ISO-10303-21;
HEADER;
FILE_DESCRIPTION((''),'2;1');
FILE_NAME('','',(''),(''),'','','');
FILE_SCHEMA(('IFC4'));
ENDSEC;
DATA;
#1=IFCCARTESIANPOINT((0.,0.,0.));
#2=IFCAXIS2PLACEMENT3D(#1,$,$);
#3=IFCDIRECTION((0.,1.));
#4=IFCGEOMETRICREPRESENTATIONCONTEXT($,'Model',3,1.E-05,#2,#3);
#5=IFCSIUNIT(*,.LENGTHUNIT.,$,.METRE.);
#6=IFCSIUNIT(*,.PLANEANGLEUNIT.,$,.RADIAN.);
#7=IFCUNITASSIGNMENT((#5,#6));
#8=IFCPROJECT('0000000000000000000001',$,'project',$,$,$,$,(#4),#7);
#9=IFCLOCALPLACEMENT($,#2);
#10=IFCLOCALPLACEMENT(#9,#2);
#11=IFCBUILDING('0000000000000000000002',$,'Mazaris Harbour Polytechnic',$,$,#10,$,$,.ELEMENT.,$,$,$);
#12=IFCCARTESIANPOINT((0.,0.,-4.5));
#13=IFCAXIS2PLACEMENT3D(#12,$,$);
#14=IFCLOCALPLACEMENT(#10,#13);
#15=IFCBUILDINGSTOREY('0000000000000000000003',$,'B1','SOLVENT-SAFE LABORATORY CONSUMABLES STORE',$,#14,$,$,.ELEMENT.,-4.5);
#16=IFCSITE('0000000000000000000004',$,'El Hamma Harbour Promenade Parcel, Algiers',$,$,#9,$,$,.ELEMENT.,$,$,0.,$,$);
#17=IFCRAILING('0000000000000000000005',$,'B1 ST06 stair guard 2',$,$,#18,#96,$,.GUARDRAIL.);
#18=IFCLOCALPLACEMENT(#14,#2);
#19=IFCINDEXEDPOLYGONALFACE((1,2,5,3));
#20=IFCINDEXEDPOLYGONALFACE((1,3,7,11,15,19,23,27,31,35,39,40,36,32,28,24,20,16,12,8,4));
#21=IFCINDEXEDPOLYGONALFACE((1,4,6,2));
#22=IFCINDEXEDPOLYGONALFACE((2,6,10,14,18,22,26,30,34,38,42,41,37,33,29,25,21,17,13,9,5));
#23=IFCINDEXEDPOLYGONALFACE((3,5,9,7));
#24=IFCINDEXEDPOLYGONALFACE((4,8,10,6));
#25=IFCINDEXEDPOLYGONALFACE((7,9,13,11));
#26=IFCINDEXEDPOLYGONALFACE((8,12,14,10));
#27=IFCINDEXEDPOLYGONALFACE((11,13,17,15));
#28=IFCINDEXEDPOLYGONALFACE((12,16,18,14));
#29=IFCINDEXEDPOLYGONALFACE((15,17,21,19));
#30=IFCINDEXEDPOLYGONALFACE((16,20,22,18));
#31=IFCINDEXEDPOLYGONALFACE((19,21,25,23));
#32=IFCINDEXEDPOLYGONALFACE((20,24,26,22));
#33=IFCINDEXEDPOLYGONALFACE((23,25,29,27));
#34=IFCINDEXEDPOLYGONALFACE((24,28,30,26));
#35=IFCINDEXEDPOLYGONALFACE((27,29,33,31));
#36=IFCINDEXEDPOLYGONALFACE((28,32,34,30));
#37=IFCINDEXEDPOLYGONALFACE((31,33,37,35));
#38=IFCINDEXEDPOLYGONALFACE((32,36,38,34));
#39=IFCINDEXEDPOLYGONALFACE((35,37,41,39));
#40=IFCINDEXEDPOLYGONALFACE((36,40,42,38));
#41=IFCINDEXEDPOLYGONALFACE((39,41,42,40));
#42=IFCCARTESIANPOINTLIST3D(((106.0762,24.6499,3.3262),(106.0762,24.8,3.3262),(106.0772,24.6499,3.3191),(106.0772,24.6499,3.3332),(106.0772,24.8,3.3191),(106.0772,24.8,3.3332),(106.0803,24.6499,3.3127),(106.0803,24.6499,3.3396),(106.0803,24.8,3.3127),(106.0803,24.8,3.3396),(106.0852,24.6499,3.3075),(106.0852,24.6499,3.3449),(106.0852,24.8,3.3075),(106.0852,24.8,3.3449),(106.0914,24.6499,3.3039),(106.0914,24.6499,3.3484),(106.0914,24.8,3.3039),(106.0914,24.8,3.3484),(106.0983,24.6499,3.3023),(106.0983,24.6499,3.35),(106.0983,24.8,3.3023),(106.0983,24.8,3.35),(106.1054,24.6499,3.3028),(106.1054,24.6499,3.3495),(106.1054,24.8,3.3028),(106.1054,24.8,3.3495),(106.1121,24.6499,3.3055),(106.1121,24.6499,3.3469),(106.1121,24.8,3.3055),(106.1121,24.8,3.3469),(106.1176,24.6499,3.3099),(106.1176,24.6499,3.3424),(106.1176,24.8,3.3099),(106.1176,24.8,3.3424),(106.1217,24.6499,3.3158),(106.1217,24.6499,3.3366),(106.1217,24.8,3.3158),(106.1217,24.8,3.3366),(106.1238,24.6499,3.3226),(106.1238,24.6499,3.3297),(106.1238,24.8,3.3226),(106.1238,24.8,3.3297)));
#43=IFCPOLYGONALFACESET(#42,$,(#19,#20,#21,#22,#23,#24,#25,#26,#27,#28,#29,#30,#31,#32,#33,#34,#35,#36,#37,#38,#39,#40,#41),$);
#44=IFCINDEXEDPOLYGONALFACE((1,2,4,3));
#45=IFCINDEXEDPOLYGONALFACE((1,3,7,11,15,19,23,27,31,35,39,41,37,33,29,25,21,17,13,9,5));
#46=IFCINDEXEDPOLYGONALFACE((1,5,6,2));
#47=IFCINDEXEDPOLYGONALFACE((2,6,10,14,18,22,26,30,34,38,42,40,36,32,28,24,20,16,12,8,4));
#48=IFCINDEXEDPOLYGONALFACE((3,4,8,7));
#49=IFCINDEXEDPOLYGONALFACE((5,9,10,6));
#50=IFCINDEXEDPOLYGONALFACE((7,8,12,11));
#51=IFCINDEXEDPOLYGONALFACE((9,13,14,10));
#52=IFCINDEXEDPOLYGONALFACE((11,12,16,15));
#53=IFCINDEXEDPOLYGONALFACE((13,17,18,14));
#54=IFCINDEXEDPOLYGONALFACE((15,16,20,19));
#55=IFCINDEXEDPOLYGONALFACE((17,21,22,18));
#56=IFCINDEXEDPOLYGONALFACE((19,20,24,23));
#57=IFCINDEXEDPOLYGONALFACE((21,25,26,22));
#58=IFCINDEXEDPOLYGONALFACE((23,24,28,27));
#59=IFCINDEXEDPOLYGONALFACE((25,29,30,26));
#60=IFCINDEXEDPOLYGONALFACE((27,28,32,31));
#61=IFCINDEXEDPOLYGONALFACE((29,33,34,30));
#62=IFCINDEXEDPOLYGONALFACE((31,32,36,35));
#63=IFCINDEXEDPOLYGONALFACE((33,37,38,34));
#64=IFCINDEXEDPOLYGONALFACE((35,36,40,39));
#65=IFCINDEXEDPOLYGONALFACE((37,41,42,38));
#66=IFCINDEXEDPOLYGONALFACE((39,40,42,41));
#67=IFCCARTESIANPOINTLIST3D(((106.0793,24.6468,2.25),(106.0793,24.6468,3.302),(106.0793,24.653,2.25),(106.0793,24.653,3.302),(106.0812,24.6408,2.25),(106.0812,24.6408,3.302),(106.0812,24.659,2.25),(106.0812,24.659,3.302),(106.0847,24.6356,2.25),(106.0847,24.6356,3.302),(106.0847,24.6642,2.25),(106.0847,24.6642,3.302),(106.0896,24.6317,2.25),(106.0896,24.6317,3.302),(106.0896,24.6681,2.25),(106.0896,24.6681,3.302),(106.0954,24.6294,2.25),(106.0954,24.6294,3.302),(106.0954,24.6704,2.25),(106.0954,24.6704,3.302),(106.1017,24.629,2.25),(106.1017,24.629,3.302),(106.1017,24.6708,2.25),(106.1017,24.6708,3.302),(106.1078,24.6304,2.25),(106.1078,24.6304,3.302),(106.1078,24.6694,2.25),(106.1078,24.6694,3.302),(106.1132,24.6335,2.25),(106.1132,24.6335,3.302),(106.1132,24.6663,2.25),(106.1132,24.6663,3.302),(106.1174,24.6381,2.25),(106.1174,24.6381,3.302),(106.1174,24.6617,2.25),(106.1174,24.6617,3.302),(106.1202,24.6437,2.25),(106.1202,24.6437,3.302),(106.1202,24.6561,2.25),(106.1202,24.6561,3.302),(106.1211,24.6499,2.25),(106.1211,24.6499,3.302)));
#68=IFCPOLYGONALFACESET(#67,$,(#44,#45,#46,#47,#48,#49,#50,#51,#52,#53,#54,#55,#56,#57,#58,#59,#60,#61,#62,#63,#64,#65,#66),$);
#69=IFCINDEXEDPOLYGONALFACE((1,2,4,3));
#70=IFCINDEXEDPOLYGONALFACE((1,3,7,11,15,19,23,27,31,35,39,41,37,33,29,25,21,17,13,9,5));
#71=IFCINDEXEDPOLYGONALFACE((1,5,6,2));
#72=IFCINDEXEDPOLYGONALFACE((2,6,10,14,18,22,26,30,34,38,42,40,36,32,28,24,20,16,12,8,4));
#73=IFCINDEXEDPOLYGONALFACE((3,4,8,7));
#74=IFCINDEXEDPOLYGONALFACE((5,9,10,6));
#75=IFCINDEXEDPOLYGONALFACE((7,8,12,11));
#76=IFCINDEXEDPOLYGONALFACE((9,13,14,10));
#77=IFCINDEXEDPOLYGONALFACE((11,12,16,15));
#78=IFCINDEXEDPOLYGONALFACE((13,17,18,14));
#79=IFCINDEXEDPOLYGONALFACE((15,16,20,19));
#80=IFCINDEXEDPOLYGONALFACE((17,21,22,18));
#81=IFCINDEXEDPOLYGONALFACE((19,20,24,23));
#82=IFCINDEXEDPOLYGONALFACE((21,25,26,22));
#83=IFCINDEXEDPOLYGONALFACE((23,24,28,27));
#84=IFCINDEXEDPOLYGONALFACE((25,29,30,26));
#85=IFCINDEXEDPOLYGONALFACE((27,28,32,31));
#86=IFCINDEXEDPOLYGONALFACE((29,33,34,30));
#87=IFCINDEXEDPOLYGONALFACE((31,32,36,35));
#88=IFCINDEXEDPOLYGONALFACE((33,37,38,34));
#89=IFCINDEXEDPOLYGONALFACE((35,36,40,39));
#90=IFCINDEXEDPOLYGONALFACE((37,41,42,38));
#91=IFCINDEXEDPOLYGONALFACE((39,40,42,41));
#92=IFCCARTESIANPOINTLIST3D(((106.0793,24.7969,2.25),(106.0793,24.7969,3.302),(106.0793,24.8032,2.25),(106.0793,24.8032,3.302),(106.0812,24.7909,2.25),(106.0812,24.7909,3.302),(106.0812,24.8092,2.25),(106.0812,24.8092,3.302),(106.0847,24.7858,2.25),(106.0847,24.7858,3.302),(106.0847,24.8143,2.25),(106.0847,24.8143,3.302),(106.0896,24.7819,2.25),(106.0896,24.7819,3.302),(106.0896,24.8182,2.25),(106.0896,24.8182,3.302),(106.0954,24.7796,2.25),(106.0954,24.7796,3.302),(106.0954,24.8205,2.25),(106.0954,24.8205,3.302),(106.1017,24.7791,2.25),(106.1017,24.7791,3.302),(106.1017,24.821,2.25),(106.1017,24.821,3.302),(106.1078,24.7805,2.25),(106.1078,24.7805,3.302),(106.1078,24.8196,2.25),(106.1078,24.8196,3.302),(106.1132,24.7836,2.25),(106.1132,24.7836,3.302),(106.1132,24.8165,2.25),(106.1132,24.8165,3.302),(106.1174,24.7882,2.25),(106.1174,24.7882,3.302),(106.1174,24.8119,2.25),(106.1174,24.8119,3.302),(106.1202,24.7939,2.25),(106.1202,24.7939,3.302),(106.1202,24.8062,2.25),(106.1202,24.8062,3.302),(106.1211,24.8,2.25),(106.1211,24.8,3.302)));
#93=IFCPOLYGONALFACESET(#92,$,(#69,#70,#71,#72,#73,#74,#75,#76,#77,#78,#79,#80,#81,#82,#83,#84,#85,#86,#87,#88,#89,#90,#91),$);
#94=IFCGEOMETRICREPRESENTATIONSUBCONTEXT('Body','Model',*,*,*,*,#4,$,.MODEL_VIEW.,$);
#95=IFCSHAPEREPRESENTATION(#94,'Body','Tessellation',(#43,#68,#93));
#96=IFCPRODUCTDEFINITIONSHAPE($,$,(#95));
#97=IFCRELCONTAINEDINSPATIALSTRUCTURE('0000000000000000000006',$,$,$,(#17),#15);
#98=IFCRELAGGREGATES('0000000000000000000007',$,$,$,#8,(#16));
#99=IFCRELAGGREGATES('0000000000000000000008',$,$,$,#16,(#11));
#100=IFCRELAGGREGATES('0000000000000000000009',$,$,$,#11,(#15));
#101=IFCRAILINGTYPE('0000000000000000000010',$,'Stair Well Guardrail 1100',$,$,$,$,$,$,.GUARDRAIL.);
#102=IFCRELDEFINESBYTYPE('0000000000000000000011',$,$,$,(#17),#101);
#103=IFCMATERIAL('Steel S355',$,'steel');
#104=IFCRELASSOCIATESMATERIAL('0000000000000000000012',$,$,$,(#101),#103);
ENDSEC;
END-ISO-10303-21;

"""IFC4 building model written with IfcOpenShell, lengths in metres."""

from ifc_helpers import new_model, si_unit, direction, frame, origin, origin_2d, place, context, subcontext, project, spatial, circle, extrude, material, type_object, element, save


model = new_model("IFC4")

# Units and contexts
model_context = context("Model", 3, precision=1e-05, world=origin(), true_north=direction((0.0, 1.0)))
body_context = subcontext(model_context, "Body", "Model", "MODEL_VIEW")
ifc_project = project(units=[si_unit("LENGTHUNIT", "METRE"), si_unit("PLANEANGLEUNIT", "RADIAN")], contexts=[model_context])

# Site, building, storey
site_placement = place(None, origin())
site = spatial("IfcSite", under=ifc_project, at=site_placement, Name="El Hamma Harbour Promenade Parcel, Algiers", CompositionType="ELEMENT", RefElevation=0.0)
building_placement = place(site_placement, origin())
building = spatial("IfcBuilding", under=site, at=building_placement, Name="Mazaris Harbour Polytechnic", CompositionType="ELEMENT")
storey_placement = place(building_placement, frame((0.0, 0.0, -4.5)))
storey = spatial("IfcBuildingStorey", under=building, at=storey_placement, Name="B1", Description="SOLVENT-SAFE LABORATORY CONSUMABLES STORE", CompositionType="ELEMENT", Elevation=-4.5)

# Railing
ifc_material_1 = material(Name="Steel S355", Category="steel")
railing_type_1 = type_object("IfcRailingType", Name="Stair Well Guardrail 1100", PredefinedType="GUARDRAIL", material=ifc_material_1)
railing_1_placement = place(storey_placement, frame((106.1001, 24.6499, 2.25)))
element("IfcRailing", 1, at=railing_1_placement, inside=storey, type_object=railing_type_1, Name="B1 ST06 stair guard 2", PredefinedType="GUARDRAIL", context=body_context, shape_type="SweptSolid", body=[
    extrude(circle(Radius=0.0239, at=origin_2d()), frame((0.0, 0.0, 1.0762), z_axis=(0.0, 1.0, 0.0), x_axis=(-1.0, 0.0, 0.0)), (0.0, 0.0, 1.0), 0.1501),
    extrude(circle(Radius=0.021, at=origin_2d()), origin(), (0.0, 0.0, 1.0), 1.052),
    extrude(circle(Radius=0.021, at=origin_2d()), frame((0.0, 0.1501, 0.0)), (0.0, 0.0, 1.0), 1.052),
])

save(model, "model.ifc")
